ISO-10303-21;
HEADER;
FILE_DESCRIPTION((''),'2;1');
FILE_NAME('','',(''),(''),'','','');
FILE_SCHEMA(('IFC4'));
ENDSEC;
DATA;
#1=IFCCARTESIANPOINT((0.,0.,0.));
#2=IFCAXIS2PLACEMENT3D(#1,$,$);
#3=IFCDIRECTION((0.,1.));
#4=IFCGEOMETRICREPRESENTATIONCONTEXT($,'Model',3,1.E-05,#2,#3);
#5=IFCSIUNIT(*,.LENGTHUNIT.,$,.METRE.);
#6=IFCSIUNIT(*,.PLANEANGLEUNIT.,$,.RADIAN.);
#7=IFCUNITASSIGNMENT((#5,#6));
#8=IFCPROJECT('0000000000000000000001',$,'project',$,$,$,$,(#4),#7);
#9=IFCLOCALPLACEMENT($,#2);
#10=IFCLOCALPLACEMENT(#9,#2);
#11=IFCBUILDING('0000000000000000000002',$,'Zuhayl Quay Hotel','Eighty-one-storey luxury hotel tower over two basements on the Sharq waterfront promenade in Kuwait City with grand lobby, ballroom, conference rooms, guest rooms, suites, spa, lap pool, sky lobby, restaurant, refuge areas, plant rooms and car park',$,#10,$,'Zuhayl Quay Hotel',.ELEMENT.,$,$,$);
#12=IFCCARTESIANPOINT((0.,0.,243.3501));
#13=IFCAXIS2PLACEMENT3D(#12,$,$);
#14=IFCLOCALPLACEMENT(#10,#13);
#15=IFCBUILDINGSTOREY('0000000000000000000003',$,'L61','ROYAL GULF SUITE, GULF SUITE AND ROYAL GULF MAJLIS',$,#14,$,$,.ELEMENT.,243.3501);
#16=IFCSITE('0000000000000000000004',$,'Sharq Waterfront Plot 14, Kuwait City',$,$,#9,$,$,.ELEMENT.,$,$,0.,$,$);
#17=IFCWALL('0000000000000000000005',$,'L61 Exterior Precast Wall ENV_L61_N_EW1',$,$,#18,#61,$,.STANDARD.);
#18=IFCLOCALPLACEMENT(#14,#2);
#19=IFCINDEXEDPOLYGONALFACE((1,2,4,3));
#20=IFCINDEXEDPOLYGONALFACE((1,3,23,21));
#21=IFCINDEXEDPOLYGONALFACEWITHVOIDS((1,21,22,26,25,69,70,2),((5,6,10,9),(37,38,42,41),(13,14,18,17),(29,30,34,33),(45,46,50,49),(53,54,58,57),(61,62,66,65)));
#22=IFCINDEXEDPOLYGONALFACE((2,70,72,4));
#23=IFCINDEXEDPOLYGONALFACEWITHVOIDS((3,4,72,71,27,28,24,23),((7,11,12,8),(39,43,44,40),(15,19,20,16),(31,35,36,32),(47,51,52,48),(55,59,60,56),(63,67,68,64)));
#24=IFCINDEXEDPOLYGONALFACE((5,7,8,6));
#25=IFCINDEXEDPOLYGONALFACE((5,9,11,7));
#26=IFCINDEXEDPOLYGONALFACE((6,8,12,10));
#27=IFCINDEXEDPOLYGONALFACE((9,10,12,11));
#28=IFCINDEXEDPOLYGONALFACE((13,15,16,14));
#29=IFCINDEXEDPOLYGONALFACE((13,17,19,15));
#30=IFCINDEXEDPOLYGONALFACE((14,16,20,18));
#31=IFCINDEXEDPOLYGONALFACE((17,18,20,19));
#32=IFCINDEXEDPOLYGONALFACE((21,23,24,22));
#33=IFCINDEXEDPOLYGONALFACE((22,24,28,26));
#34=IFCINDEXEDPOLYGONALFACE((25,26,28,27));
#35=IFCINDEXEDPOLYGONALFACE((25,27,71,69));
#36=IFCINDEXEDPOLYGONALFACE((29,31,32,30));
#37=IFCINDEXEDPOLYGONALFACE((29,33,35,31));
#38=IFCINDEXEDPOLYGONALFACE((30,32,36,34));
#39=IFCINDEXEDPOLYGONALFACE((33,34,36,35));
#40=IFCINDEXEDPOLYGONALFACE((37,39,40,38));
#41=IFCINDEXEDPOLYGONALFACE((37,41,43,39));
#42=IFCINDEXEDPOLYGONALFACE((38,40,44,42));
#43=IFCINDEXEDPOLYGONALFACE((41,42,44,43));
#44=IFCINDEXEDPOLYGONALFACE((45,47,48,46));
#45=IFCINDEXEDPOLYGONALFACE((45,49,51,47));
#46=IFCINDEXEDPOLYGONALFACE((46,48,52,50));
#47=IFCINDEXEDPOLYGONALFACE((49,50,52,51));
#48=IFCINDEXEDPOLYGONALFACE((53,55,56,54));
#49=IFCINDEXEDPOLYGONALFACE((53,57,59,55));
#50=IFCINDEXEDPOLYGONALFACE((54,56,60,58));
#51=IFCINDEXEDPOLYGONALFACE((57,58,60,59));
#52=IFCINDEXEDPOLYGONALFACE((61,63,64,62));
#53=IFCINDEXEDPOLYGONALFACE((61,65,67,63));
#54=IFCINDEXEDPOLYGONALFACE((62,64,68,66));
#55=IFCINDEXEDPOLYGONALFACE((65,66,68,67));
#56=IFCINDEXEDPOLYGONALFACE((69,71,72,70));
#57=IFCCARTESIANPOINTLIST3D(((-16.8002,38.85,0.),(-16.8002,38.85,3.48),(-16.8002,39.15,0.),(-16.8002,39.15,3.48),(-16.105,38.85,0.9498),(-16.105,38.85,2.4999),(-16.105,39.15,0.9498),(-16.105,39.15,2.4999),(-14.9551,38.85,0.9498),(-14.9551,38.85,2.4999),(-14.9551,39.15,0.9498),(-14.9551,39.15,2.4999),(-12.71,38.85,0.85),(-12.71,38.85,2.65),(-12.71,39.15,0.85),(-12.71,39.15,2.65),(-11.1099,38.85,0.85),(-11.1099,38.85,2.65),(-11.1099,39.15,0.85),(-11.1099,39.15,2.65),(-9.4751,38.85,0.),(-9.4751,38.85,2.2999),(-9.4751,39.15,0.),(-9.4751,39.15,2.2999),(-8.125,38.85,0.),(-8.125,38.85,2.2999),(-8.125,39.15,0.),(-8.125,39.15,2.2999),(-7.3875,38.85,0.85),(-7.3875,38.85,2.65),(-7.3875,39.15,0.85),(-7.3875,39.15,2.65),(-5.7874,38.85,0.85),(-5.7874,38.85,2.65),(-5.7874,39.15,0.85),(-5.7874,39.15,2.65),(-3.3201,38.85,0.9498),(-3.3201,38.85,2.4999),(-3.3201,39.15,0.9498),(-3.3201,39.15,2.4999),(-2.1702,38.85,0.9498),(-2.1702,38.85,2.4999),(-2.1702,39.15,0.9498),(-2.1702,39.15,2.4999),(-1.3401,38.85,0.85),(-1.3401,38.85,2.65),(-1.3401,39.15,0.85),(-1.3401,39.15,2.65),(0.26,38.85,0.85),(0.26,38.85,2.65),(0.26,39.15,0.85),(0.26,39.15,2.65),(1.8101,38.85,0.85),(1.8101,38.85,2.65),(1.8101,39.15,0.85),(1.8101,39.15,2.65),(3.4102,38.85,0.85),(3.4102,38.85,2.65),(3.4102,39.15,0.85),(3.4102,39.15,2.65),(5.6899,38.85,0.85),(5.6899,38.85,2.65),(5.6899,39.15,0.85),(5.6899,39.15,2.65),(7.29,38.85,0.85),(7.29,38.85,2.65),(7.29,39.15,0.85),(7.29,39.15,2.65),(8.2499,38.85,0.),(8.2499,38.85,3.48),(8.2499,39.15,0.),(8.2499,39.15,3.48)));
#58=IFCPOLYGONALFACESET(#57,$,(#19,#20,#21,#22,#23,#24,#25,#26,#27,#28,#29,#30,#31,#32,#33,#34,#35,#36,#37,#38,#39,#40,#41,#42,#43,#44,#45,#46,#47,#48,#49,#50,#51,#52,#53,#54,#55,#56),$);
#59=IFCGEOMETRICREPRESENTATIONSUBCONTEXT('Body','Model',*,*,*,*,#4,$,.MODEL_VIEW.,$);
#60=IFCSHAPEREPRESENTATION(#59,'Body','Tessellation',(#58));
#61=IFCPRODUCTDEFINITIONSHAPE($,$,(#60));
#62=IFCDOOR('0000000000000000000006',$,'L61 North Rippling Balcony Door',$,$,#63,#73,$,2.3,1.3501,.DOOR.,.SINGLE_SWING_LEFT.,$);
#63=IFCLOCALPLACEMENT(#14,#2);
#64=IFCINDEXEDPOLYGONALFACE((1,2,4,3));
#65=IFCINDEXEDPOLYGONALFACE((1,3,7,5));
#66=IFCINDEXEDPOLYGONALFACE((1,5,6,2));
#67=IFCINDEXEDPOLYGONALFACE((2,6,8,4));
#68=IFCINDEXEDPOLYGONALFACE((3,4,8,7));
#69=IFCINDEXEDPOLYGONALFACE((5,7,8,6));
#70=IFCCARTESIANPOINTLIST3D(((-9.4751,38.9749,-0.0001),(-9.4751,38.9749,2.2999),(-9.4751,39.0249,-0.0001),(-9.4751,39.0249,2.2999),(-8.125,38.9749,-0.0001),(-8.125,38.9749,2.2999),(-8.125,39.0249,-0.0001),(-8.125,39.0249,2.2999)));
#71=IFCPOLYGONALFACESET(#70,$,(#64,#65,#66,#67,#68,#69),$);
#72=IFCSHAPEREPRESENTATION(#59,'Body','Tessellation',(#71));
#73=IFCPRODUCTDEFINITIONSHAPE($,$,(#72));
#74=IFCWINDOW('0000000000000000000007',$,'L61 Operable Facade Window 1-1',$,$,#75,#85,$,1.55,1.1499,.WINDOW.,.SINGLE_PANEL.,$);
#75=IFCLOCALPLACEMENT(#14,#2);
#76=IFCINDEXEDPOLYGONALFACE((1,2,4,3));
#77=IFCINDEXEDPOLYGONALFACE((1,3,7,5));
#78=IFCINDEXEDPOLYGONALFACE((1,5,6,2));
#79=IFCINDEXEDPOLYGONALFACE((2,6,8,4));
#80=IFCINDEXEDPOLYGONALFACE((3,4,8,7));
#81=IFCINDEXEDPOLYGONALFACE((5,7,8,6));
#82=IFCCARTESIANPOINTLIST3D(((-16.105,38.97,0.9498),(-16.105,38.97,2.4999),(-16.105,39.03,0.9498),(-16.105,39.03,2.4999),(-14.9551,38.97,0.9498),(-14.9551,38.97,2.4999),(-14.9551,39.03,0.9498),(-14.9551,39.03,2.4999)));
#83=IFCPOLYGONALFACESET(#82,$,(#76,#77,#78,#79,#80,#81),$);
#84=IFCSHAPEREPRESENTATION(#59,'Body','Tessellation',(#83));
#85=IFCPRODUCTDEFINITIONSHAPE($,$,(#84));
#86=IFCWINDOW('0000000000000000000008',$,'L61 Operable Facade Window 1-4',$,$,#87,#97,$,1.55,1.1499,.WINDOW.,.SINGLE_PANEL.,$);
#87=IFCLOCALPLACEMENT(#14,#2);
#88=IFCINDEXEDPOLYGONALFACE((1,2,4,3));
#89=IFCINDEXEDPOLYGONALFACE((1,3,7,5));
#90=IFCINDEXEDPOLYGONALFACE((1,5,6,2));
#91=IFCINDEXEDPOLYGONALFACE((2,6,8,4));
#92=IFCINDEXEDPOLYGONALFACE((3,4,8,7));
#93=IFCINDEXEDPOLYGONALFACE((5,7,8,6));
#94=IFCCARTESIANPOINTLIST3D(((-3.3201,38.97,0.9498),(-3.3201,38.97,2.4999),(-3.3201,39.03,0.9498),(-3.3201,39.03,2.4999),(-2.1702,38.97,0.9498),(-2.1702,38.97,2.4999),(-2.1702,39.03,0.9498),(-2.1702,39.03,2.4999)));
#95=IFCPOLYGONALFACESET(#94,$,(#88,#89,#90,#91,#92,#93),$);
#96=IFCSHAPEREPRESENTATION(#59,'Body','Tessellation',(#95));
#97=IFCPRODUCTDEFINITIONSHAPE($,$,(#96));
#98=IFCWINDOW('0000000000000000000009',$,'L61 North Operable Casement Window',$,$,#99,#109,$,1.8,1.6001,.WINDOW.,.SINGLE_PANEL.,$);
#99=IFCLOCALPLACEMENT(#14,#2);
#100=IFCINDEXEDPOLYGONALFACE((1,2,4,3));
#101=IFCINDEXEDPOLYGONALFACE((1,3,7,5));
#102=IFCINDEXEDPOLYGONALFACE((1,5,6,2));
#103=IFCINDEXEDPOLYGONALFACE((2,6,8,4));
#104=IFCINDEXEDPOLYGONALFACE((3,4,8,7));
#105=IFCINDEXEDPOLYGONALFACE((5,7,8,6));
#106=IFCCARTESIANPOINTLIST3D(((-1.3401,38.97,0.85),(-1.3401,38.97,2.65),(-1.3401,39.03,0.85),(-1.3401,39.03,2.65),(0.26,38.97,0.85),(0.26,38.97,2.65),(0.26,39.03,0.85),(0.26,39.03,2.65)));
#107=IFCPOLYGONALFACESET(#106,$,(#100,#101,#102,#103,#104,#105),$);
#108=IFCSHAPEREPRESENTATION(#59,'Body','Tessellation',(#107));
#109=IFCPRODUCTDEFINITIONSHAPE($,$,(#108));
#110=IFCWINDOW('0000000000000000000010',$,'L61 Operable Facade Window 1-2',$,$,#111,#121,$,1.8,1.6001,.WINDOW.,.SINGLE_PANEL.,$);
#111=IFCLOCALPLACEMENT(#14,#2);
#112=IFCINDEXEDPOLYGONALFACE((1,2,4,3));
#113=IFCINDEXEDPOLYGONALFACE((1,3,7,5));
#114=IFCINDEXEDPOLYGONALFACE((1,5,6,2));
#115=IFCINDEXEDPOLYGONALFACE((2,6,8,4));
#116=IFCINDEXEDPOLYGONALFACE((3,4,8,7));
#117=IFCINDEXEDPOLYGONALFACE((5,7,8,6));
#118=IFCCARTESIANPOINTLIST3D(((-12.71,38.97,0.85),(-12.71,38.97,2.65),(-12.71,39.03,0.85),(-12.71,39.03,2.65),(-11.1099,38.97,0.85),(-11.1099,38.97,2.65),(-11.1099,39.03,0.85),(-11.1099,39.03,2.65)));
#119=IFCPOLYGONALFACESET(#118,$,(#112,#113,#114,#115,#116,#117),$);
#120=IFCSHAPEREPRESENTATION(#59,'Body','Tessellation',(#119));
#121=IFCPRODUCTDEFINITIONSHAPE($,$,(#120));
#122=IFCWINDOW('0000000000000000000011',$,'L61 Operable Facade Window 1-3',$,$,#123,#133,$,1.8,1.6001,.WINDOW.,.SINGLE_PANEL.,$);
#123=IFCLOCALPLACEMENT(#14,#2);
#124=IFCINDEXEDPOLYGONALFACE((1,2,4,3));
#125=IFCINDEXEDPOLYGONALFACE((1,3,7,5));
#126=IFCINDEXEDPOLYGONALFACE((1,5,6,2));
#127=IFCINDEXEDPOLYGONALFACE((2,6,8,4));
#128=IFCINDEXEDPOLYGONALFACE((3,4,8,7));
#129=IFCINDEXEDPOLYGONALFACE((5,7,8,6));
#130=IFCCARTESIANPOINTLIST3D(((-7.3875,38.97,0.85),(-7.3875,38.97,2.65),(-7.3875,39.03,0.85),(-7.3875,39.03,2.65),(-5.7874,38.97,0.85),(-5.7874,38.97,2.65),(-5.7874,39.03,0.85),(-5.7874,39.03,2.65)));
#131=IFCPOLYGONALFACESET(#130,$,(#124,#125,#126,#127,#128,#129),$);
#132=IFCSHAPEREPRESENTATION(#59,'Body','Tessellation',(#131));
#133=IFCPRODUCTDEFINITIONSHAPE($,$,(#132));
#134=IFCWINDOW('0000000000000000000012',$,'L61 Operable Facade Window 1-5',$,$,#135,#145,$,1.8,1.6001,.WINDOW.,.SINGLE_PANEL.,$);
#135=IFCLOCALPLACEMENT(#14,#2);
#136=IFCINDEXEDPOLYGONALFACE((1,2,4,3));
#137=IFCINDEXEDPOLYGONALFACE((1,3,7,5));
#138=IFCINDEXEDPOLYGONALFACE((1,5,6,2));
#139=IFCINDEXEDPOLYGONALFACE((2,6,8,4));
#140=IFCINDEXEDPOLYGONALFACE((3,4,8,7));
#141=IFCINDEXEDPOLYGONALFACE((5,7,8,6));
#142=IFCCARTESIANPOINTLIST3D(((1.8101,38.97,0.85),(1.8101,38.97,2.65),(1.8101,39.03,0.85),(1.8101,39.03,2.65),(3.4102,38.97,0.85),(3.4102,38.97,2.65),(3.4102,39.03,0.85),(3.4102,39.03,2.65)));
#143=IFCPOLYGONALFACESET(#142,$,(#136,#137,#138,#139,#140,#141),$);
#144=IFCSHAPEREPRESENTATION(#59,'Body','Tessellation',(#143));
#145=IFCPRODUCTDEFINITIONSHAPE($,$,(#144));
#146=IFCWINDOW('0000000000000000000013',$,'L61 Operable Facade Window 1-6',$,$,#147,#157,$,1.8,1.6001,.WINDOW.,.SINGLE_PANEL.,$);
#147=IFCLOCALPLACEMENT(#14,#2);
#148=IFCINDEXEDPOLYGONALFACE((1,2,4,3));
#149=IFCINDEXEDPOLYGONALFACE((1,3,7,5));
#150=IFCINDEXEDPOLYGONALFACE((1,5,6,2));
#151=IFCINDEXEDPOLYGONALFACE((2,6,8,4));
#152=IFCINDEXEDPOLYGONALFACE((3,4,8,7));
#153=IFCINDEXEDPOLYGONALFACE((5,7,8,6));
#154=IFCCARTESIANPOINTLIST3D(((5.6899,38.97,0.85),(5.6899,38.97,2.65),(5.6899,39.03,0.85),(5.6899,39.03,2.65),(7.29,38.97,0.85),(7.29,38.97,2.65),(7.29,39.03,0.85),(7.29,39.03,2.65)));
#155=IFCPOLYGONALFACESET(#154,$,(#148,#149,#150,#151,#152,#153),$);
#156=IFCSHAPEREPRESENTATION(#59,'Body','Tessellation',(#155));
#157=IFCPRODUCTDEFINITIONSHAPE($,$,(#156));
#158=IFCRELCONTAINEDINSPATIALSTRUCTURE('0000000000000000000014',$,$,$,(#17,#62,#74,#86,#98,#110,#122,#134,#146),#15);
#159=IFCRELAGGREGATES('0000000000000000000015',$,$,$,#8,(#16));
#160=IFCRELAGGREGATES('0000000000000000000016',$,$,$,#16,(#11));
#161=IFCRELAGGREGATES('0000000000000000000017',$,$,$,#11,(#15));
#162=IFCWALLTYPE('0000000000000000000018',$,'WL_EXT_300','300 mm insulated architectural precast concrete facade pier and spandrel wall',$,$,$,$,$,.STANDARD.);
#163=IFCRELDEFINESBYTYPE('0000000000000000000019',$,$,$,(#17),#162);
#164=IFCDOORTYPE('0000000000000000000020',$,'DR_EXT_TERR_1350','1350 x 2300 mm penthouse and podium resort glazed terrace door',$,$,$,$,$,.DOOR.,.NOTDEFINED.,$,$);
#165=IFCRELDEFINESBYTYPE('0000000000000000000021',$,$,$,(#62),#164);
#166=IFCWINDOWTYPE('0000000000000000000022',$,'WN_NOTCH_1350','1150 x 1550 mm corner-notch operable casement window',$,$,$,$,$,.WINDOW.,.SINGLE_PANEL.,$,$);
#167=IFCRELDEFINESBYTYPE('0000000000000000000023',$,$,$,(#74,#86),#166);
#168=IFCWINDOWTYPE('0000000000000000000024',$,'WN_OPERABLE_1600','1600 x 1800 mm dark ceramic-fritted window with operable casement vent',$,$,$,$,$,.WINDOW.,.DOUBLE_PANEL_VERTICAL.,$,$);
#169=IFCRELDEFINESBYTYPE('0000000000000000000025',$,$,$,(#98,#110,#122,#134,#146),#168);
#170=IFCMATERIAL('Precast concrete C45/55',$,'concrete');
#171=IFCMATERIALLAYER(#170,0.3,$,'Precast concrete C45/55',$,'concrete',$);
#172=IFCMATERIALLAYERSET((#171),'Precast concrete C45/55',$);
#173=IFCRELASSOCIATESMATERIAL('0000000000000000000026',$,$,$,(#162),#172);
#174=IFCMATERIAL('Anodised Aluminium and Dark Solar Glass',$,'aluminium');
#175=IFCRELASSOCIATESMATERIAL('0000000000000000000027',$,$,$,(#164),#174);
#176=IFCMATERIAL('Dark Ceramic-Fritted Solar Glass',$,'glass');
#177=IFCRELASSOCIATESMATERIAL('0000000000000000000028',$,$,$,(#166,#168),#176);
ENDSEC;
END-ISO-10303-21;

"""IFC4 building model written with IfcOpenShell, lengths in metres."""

from ifc_helpers import new_model, si_unit, direction, frame, frame_2d, origin, place, context, subcontext, project, spatial, rectangle, extrude, material, layer, layer_set, type_object, element, fill, save


model = new_model("IFC4")

# Units and contexts
model_context = context("Model", 3, precision=1e-05, world=origin(), true_north=direction((0.0, 1.0)))
body_context = subcontext(model_context, "Body", "Model", "MODEL_VIEW")
ifc_project = project(units=[si_unit("LENGTHUNIT", "METRE"), si_unit("PLANEANGLEUNIT", "RADIAN")], contexts=[model_context])

# Site, building, storey
site_placement = place(None, origin())
site = spatial("IfcSite", under=ifc_project, at=site_placement, Name="Sharq Waterfront Plot 14, Kuwait City", CompositionType="ELEMENT", RefElevation=0.0)
building_placement = place(site_placement, origin())
building = spatial("IfcBuilding", under=site, at=building_placement, Name="Zuhayl Quay Hotel", Description="Eighty-one-storey luxury hotel tower over two basements on the Sharq waterfront promenade in Kuwait City with grand lobby, ballroom, conference rooms, guest rooms, suites, spa, lap pool, sky lobby, restaurant, refuge areas, plant rooms and car park", LongName="Zuhayl Quay Hotel", CompositionType="ELEMENT")
storey_placement = place(building_placement, frame((0.0, 0.0, 243.3501)))
storey = spatial("IfcBuildingStorey", under=building, at=storey_placement, Name="L61", Description="ROYAL GULF SUITE, GULF SUITE AND ROYAL GULF MAJLIS", CompositionType="ELEMENT", Elevation=243.3501)

# Shared definitions
ifc_material_1 = material(Name="Precast concrete C45/55", Category="concrete")
ifc_layer_1 = layer(ifc_material_1, 0.3, Name="Precast concrete C45/55", Category="concrete")
ifc_layer_set_1 = layer_set([ifc_layer_1], Name="Precast concrete C45/55")
wall_type_1 = type_object("IfcWallType", Name="WL_EXT_300", Description="300 mm insulated architectural precast concrete facade pier and spandrel wall", PredefinedType="STANDARD", material=ifc_layer_set_1)

# Wall, openings, door, windows
wall_1_placement = place(storey_placement, frame((-16.8, 39.0, 0.0), z_axis=(0.0, 0.0, 1.0), x_axis=(1.0, 0.0, 0.0)))
wall_1 = element("IfcWall", 1, at=wall_1_placement, inside=storey, type_object=wall_type_1, Name="L61 Exterior Precast Wall ENV_L61_N_EW1", PredefinedType="STANDARD", context=body_context, shape_type="SweptSolid", body=[
    extrude(rectangle(XDim=25.05, YDim=0.3, at=frame_2d((12.5249, 0.0))), origin(), (0.0, 0.0, 1.0), 3.48),
])
opening_1_placement = place(wall_1_placement, frame((7.325, 0.0, 0.0)))
opening_1 = element("IfcOpeningElement", 2, at=opening_1_placement, cuts=wall_1, PredefinedType="OPENING", context=body_context, shape_type="SweptSolid", body=[
    extrude(rectangle(XDim=1.3501, YDim=2.3, at=frame_2d((0.675, 1.1499))), frame((0.0, 0.1599, 0.0), z_axis=(0.0, -1.0, 0.0), x_axis=(1.0, 0.0, 0.0)), (0.0, 0.0, 1.0), 0.3201),
])
opening_2_placement = place(wall_1_placement, frame((15.46, 0.0, 0.8501)))
opening_2 = element("IfcOpeningElement", 3, at=opening_2_placement, cuts=wall_1, PredefinedType="OPENING", context=body_context, shape_type="SweptSolid", body=[
    extrude(rectangle(XDim=1.6001, YDim=1.8, at=frame_2d((0.8, 0.8999))), frame((0.0, 0.1599, 0.0), z_axis=(0.0, -1.0, 0.0), x_axis=(1.0, 0.0, 0.0)), (0.0, 0.0, 1.0), 0.3201),
])
opening_3_placement = place(wall_1_placement, frame((0.6951, 0.0, 0.95)))
opening_3 = element("IfcOpeningElement", 4, at=opening_3_placement, cuts=wall_1, PredefinedType="OPENING", context=body_context, shape_type="SweptSolid", body=[
    extrude(rectangle(XDim=1.1499, YDim=1.55, at=frame_2d((0.575, 0.7749))), frame((0.0, 0.1599, 0.0), z_axis=(0.0, -1.0, 0.0), x_axis=(1.0, 0.0, 0.0)), (0.0, 0.0, 1.0), 0.3201),
])
opening_4_placement = place(wall_1_placement, frame((4.0901, 0.0, 0.8501)))
opening_4 = element("IfcOpeningElement", 5, at=opening_4_placement, cuts=wall_1, PredefinedType="OPENING", context=body_context, shape_type="SweptSolid", body=[
    extrude(rectangle(XDim=1.6001, YDim=1.8, at=frame_2d((0.8, 0.8999))), frame((0.0, 0.1599, 0.0), z_axis=(0.0, -1.0, 0.0), x_axis=(1.0, 0.0, 0.0)), (0.0, 0.0, 1.0), 0.3201),
])
opening_5_placement = place(wall_1_placement, frame((9.4126, 0.0, 0.8501)))
opening_5 = element("IfcOpeningElement", 6, at=opening_5_placement, cuts=wall_1, PredefinedType="OPENING", context=body_context, shape_type="SweptSolid", body=[
    extrude(rectangle(XDim=1.6001, YDim=1.8, at=frame_2d((0.8, 0.8999))), frame((0.0, 0.1599, 0.0), z_axis=(0.0, -1.0, 0.0), x_axis=(1.0, 0.0, 0.0)), (0.0, 0.0, 1.0), 0.3201),
])
opening_6_placement = place(wall_1_placement, frame((13.48, 0.0, 0.95)))
opening_6 = element("IfcOpeningElement", 7, at=opening_6_placement, cuts=wall_1, PredefinedType="OPENING", context=body_context, shape_type="SweptSolid", body=[
    extrude(rectangle(XDim=1.1499, YDim=1.55, at=frame_2d((0.575, 0.7749))), frame((0.0, 0.1599, 0.0), z_axis=(0.0, -1.0, 0.0), x_axis=(1.0, 0.0, 0.0)), (0.0, 0.0, 1.0), 0.3201),
])
opening_7_placement = place(wall_1_placement, frame((18.6101, 0.0, 0.8501)))
opening_7 = element("IfcOpeningElement", 8, at=opening_7_placement, cuts=wall_1, PredefinedType="OPENING", context=body_context, shape_type="SweptSolid", body=[
    extrude(rectangle(XDim=1.6001, YDim=1.8, at=frame_2d((0.8, 0.8999))), frame((0.0, 0.1599, 0.0), z_axis=(0.0, -1.0, 0.0), x_axis=(1.0, 0.0, 0.0)), (0.0, 0.0, 1.0), 0.3201),
])
opening_8_placement = place(wall_1_placement, frame((22.49, 0.0, 0.8501)))
opening_8 = element("IfcOpeningElement", 9, at=opening_8_placement, cuts=wall_1, PredefinedType="OPENING", context=body_context, shape_type="SweptSolid", body=[
    extrude(rectangle(XDim=1.6001, YDim=1.8, at=frame_2d((0.8, 0.8999))), frame((0.0, 0.1599, 0.0), z_axis=(0.0, -1.0, 0.0), x_axis=(1.0, 0.0, 0.0)), (0.0, 0.0, 1.0), 0.3201),
])
ifc_material_2 = material(Name="Anodised Aluminium and Dark Solar Glass", Category="aluminium")
door_type = type_object("IfcDoorType", Name="DR_EXT_TERR_1350", Description="1350 x 2300 mm penthouse and podium resort glazed terrace door", OperationType="NOTDEFINED", PredefinedType="DOOR", material=ifc_material_2)
door_placement = place(opening_1_placement, origin())
door = element("IfcDoor", 10, at=door_placement, inside=storey, type_object=door_type, Name="L61 North Rippling Balcony Door", OperationType="SINGLE_SWING_LEFT", OverallHeight=2.3, OverallWidth=1.3501, PredefinedType="DOOR", context=body_context, shape_type="SweptSolid", body=[
    extrude(rectangle(XDim=1.3501, YDim=2.3, at=frame_2d((0.675, 1.1499))), frame((0.0, 0.0249, 0.0), z_axis=(0.0, -1.0, 0.0), x_axis=(1.0, 0.0, 0.0)), (0.0, 0.0, 1.0), 0.05),
])
fill(opening_1, door)
ifc_material_3 = material(Name="Dark Ceramic-Fritted Solar Glass", Category="glass")
window_type_1 = type_object("IfcWindowType", Name="WN_NOTCH_1350", Description="1150 x 1550 mm corner-notch operable casement window", PartitioningType="SINGLE_PANEL", PredefinedType="WINDOW", material=ifc_material_3)
window_1_placement = place(opening_3_placement, origin())
window_1 = element("IfcWindow", 11, at=window_1_placement, inside=storey, type_object=window_type_1, Name="L61 Operable Facade Window 1-1", OverallHeight=1.55, OverallWidth=1.1499, PartitioningType="SINGLE_PANEL", PredefinedType="WINDOW", context=body_context, shape_type="SweptSolid", body=[
    extrude(rectangle(XDim=1.1499, YDim=1.55, at=frame_2d((0.575, 0.7749))), frame((0.0, 0.03, 0.0), z_axis=(0.0, -1.0, 0.0), x_axis=(1.0, 0.0, 0.0)), (0.0, 0.0, 1.0), 0.0601),
])
fill(opening_3, window_1)
window_2_placement = place(opening_6_placement, origin())
window_2 = element("IfcWindow", 12, at=window_2_placement, inside=storey, type_object=window_type_1, Name="L61 Operable Facade Window 1-4", OverallHeight=1.55, OverallWidth=1.1499, PartitioningType="SINGLE_PANEL", PredefinedType="WINDOW", context=body_context, shape_type="SweptSolid", body=[
    extrude(rectangle(XDim=1.1499, YDim=1.55, at=frame_2d((0.575, 0.7749))), frame((0.0, 0.03, 0.0), z_axis=(0.0, -1.0, 0.0), x_axis=(1.0, 0.0, 0.0)), (0.0, 0.0, 1.0), 0.0601),
])
fill(opening_6, window_2)
window_type_2 = type_object("IfcWindowType", Name="WN_OPERABLE_1600", Description="1600 x 1800 mm dark ceramic-fritted window with operable casement vent", PartitioningType="DOUBLE_PANEL_VERTICAL", PredefinedType="WINDOW", material=ifc_material_3)
window_3_placement = place(opening_2_placement, origin())
window_3 = element("IfcWindow", 13, at=window_3_placement, inside=storey, type_object=window_type_2, Name="L61 North Operable Casement Window", OverallHeight=1.8, OverallWidth=1.6001, PartitioningType="SINGLE_PANEL", PredefinedType="WINDOW", context=body_context, shape_type="SweptSolid", body=[
    extrude(rectangle(XDim=1.6001, YDim=1.8, at=frame_2d((0.8, 0.8999))), frame((0.0, 0.03, 0.0), z_axis=(0.0, -1.0, 0.0), x_axis=(1.0, 0.0, 0.0)), (0.0, 0.0, 1.0), 0.0601),
])
fill(opening_2, window_3)
window_4_placement = place(opening_4_placement, origin())
window_4 = element("IfcWindow", 14, at=window_4_placement, inside=storey, type_object=window_type_2, Name="L61 Operable Facade Window 1-2", OverallHeight=1.8, OverallWidth=1.6001, PartitioningType="SINGLE_PANEL", PredefinedType="WINDOW", context=body_context, shape_type="SweptSolid", body=[
    extrude(rectangle(XDim=1.6001, YDim=1.8, at=frame_2d((0.8, 0.8999))), frame((0.0, 0.03, 0.0), z_axis=(0.0, -1.0, 0.0), x_axis=(1.0, 0.0, 0.0)), (0.0, 0.0, 1.0), 0.0601),
])
fill(opening_4, window_4)
window_5_placement = place(opening_5_placement, origin())
window_5 = element("IfcWindow", 15, at=window_5_placement, inside=storey, type_object=window_type_2, Name="L61 Operable Facade Window 1-3", OverallHeight=1.8, OverallWidth=1.6001, PartitioningType="SINGLE_PANEL", PredefinedType="WINDOW", context=body_context, shape_type="SweptSolid", body=[
    extrude(rectangle(XDim=1.6001, YDim=1.8, at=frame_2d((0.8, 0.8999))), frame((0.0, 0.03, 0.0), z_axis=(0.0, -1.0, 0.0), x_axis=(1.0, 0.0, 0.0)), (0.0, 0.0, 1.0), 0.0601),
])
fill(opening_5, window_5)
window_6_placement = place(opening_7_placement, origin())
window_6 = element("IfcWindow", 16, at=window_6_placement, inside=storey, type_object=window_type_2, Name="L61 Operable Facade Window 1-5", OverallHeight=1.8, OverallWidth=1.6001, PartitioningType="SINGLE_PANEL", PredefinedType="WINDOW", context=body_context, shape_type="SweptSolid", body=[
    extrude(rectangle(XDim=1.6001, YDim=1.8, at=frame_2d((0.8, 0.8999))), frame((0.0, 0.03, 0.0), z_axis=(0.0, -1.0, 0.0), x_axis=(1.0, 0.0, 0.0)), (0.0, 0.0, 1.0), 0.0601),
])
fill(opening_7, window_6)
window_7_placement = place(opening_8_placement, origin())
window_7 = element("IfcWindow", 17, at=window_7_placement, inside=storey, type_object=window_type_2, Name="L61 Operable Facade Window 1-6", OverallHeight=1.8, OverallWidth=1.6001, PartitioningType="SINGLE_PANEL", PredefinedType="WINDOW", context=body_context, shape_type="SweptSolid", body=[
    extrude(rectangle(XDim=1.6001, YDim=1.8, at=frame_2d((0.8, 0.8999))), frame((0.0, 0.03, 0.0), z_axis=(0.0, -1.0, 0.0), x_axis=(1.0, 0.0, 0.0)), (0.0, 0.0, 1.0), 0.0601),
])
fill(opening_8, window_7)

save(model, "model.ifc")
